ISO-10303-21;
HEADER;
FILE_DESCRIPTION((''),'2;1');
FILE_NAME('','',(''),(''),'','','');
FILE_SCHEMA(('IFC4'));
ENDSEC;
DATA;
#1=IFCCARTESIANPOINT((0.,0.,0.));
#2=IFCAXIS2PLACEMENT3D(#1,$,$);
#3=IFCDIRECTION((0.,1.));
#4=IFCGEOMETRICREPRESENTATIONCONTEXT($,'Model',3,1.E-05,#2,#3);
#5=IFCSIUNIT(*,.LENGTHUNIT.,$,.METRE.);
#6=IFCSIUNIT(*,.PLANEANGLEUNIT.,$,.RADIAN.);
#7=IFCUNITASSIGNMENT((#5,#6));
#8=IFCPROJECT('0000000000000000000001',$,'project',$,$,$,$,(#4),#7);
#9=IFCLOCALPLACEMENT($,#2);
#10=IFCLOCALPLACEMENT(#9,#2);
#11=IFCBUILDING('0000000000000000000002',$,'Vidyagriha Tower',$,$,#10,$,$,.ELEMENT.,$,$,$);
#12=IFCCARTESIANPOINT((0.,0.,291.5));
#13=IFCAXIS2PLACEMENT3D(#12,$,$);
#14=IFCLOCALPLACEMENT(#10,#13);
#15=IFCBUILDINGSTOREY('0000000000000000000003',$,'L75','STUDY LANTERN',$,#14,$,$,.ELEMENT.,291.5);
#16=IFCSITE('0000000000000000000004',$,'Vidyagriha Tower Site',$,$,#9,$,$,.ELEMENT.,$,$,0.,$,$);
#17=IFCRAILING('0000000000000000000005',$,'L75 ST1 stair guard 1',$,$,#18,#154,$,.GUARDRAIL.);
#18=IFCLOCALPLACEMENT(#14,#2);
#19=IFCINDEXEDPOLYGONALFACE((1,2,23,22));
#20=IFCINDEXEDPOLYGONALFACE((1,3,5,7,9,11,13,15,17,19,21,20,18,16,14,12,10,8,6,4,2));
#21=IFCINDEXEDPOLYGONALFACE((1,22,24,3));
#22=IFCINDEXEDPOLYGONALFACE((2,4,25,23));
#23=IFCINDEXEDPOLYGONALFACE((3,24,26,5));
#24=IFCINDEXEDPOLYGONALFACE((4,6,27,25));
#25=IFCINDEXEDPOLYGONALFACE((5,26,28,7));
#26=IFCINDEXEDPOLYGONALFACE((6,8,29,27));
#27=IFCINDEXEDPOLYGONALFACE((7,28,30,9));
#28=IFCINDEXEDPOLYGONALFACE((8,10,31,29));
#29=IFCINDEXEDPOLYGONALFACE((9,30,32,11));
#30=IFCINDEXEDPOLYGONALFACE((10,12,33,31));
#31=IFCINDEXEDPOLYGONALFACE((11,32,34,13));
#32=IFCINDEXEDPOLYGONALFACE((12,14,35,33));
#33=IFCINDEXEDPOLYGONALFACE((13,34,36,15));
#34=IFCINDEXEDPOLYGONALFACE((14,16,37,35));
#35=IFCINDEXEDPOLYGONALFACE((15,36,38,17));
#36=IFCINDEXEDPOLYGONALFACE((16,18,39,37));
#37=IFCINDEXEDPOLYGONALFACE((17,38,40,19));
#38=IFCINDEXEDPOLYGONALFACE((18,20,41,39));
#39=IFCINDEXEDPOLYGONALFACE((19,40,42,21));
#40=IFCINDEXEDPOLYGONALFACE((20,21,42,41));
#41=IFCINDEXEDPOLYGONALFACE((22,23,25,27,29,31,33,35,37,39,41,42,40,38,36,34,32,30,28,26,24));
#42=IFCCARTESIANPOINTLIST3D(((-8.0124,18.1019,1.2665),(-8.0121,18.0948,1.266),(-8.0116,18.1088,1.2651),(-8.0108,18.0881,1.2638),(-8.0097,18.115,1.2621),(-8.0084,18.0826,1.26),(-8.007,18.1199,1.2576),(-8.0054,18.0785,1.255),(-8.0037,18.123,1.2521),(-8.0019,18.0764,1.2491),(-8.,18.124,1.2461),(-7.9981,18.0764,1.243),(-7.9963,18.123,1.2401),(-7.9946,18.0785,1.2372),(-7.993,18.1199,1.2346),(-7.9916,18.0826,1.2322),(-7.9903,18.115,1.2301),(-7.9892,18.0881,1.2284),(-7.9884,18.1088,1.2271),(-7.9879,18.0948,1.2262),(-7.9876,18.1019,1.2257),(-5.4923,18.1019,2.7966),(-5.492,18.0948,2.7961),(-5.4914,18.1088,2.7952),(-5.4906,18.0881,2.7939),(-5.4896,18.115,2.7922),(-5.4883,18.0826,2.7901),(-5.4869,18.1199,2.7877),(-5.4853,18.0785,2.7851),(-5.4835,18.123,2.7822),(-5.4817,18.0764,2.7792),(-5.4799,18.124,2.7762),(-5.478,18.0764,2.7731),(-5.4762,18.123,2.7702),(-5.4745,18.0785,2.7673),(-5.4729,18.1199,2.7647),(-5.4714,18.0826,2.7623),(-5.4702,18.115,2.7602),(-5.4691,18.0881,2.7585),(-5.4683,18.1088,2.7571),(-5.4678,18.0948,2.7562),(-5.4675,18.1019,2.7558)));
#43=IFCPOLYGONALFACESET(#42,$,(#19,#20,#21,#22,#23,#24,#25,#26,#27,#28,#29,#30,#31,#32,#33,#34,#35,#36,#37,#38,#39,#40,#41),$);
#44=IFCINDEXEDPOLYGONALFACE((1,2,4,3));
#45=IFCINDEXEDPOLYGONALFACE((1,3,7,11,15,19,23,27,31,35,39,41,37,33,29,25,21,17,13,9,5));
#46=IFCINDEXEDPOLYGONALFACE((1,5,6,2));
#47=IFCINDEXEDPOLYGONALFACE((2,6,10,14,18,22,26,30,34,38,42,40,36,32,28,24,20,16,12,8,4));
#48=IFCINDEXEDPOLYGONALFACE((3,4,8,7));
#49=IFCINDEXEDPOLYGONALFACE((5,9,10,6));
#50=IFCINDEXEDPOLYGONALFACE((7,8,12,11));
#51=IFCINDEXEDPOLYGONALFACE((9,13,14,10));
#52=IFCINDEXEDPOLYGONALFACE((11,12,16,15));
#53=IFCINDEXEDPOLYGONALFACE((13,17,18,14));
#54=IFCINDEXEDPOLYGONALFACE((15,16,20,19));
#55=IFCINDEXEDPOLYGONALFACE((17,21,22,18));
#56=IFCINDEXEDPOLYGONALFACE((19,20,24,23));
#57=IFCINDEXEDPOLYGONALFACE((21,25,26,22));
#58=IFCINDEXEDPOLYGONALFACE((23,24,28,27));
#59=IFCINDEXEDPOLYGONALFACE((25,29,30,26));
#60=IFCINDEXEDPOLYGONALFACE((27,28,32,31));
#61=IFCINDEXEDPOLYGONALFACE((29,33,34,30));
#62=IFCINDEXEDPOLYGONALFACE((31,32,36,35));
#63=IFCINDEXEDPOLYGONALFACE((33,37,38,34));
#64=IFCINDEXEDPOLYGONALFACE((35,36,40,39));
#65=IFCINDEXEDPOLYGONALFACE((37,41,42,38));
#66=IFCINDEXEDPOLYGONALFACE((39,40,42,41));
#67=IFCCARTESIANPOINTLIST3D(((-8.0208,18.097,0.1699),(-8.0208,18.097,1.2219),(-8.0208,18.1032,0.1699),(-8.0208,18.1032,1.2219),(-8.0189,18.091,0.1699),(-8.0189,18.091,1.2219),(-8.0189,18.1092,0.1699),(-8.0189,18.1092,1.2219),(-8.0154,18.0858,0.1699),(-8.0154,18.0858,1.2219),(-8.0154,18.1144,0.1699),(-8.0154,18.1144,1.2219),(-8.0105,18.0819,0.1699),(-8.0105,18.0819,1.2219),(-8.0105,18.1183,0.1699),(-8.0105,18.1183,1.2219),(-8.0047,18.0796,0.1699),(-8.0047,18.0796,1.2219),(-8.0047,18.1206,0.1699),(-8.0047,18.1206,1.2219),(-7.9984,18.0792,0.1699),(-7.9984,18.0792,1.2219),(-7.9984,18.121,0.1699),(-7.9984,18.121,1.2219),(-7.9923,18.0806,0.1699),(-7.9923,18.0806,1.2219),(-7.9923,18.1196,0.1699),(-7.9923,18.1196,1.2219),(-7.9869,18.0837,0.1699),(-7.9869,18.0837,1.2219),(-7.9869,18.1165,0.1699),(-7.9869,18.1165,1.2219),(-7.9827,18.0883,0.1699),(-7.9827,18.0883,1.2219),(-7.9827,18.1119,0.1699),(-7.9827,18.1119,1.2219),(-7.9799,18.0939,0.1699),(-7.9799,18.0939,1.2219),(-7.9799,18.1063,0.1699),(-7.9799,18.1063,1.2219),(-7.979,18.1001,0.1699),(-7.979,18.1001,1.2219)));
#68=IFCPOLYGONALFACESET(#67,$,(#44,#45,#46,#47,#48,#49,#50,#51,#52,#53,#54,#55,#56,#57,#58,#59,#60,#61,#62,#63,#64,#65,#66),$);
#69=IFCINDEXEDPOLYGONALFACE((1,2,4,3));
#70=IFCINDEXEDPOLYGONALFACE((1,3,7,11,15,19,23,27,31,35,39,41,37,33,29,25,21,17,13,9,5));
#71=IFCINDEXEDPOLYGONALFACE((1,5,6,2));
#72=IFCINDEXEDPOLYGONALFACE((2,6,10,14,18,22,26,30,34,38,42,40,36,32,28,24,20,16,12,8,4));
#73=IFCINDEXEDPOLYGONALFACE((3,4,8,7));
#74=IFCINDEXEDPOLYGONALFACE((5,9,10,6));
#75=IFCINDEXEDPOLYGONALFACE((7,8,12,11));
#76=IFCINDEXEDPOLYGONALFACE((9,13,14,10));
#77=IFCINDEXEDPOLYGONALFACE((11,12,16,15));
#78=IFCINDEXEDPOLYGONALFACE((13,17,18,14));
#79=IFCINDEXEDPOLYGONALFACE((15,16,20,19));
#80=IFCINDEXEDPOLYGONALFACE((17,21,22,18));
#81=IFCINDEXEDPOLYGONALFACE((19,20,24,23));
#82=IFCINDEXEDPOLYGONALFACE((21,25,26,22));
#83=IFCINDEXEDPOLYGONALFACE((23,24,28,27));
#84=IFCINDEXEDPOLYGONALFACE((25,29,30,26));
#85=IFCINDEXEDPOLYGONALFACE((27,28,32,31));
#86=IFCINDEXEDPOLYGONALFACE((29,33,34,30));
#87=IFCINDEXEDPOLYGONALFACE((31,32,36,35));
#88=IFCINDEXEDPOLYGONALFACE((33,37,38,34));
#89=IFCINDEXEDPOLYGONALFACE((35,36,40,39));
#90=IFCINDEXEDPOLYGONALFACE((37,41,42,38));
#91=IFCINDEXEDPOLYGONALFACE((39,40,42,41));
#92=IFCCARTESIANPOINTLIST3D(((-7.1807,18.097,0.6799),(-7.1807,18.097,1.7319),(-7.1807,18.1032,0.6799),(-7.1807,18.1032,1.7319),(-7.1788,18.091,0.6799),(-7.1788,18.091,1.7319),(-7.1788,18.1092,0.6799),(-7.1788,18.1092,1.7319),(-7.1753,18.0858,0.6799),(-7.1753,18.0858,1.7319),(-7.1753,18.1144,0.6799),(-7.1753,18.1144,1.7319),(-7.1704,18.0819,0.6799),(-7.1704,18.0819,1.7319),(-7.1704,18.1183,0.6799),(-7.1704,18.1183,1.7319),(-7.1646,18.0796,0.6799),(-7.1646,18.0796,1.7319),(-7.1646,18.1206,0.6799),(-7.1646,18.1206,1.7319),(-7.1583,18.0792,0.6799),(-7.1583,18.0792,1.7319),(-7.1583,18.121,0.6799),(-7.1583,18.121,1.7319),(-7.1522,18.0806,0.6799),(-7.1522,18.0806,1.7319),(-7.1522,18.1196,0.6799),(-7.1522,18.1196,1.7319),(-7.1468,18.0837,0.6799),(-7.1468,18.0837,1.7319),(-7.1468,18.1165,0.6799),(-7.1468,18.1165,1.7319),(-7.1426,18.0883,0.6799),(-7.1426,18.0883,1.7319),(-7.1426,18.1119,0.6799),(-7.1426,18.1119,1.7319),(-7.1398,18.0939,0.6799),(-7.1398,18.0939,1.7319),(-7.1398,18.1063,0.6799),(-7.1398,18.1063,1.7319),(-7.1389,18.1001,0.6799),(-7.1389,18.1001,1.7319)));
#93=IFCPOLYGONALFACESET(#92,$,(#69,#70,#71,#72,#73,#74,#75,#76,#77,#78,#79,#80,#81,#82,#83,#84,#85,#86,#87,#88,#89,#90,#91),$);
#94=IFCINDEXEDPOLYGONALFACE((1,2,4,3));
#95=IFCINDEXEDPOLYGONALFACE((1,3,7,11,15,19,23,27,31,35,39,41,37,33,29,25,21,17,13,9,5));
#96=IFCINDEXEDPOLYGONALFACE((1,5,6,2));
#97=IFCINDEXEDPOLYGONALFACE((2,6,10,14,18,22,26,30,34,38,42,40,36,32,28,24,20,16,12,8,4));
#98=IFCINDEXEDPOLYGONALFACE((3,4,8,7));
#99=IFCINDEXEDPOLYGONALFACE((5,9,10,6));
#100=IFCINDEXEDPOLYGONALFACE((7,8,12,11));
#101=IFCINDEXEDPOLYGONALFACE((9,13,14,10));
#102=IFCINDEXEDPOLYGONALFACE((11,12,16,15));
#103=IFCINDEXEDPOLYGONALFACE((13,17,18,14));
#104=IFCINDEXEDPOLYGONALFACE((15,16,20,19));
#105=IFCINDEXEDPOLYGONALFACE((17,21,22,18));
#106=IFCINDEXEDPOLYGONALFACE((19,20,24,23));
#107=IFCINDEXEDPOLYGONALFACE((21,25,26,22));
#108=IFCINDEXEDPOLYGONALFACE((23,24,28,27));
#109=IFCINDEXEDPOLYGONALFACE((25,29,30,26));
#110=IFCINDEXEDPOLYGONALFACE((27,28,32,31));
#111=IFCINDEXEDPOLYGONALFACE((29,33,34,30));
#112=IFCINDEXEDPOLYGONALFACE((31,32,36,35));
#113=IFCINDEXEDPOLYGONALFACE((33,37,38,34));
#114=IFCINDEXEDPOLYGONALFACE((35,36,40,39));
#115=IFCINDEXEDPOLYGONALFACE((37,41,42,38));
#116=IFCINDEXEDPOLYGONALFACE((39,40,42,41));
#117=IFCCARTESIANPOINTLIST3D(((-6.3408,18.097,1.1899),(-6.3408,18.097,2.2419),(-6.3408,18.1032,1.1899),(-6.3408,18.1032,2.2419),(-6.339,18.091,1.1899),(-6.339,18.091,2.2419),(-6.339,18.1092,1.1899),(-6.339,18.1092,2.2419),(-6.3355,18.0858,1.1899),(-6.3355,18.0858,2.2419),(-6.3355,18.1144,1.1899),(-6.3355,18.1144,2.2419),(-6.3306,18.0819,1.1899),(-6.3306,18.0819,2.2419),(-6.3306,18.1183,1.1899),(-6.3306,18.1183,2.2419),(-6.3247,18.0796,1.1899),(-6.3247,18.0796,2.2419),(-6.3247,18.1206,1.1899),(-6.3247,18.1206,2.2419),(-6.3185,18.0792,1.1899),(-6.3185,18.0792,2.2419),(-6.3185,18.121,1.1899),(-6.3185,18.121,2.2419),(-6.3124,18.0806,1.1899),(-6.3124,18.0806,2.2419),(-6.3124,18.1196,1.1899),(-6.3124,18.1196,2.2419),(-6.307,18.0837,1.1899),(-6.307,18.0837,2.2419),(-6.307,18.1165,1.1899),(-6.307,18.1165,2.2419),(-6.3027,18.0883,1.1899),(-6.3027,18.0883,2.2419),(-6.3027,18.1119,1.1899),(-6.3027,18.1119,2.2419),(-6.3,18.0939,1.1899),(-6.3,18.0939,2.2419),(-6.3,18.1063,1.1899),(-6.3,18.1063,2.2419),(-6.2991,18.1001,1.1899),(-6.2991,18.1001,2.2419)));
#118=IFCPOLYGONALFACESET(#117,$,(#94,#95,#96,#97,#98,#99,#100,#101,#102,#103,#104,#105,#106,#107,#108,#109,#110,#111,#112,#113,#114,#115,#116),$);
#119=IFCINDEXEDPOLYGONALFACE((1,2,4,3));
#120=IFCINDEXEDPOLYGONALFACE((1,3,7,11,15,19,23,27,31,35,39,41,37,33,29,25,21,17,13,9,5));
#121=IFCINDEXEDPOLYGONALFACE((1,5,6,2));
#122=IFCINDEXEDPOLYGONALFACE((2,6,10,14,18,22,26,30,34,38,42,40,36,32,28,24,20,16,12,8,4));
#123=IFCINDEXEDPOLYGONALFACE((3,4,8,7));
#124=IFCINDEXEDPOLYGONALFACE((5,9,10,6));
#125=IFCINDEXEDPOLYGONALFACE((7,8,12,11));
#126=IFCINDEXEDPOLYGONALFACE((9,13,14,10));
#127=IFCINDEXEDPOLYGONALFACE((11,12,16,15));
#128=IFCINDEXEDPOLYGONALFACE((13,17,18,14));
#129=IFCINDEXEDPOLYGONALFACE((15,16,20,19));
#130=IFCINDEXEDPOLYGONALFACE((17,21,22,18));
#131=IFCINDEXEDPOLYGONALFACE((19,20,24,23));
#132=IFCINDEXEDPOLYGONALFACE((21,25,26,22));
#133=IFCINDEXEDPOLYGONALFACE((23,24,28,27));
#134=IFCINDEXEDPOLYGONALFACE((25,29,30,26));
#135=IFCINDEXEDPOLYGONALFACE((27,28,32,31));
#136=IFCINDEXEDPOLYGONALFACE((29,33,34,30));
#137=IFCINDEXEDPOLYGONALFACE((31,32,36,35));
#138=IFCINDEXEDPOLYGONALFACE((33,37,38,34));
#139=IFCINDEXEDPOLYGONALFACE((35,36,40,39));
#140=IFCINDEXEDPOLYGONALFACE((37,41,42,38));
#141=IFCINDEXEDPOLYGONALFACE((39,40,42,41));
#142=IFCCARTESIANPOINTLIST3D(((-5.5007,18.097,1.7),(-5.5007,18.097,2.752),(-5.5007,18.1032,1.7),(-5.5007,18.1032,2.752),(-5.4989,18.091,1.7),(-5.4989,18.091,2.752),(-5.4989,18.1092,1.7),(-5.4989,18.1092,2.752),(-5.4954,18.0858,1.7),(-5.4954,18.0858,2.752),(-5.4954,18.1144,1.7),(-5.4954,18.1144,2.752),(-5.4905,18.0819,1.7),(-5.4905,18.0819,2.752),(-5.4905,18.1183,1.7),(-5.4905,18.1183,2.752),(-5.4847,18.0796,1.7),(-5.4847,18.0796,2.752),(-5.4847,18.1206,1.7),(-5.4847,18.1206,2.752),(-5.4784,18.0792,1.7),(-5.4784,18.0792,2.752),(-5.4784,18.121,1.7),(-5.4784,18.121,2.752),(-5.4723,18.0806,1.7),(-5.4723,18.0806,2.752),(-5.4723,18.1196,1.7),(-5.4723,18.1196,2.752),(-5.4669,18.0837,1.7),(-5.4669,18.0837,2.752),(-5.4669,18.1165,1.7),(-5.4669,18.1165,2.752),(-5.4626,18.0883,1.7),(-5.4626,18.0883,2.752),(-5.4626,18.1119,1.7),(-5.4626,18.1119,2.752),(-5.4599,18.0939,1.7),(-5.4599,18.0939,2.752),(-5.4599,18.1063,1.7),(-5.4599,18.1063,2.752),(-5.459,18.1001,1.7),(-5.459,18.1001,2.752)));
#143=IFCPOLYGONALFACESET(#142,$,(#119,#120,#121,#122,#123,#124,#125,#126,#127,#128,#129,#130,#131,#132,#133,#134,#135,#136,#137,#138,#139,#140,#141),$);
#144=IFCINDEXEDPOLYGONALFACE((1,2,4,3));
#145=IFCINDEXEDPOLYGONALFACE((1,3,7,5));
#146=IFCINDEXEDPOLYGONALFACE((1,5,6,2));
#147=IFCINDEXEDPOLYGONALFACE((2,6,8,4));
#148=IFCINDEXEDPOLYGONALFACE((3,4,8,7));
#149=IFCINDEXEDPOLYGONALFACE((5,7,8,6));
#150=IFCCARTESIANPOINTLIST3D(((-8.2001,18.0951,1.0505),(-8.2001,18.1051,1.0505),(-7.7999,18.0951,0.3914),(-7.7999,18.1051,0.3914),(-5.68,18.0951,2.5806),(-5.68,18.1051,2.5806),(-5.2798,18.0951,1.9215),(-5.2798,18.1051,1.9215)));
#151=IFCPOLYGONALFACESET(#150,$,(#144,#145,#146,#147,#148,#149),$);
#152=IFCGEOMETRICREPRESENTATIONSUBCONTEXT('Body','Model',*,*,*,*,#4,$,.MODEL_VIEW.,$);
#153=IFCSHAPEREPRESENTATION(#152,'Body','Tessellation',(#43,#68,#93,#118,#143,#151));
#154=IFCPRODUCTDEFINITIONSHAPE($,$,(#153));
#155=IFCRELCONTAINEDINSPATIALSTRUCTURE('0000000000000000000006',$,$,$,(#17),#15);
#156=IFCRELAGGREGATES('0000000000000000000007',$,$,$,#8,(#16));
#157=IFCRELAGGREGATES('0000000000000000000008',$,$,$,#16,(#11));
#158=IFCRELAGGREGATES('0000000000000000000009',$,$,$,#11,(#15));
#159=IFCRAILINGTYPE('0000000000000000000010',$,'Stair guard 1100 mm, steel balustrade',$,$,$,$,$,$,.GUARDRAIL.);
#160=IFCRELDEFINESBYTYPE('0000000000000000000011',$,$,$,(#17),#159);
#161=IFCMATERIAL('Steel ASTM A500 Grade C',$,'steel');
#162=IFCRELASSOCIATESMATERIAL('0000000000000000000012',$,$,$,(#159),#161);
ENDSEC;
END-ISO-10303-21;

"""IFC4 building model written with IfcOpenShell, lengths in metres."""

from ifc_helpers import new_model, si_unit, direction, frame, origin, origin_2d, place, context, subcontext, project, spatial, rectangle, circle, extrude, material, type_object, element, save


model = new_model("IFC4")

# Units and contexts
model_context = context("Model", 3, precision=1e-05, world=origin(), true_north=direction((0.0, 1.0)))
body_context = subcontext(model_context, "Body", "Model", "MODEL_VIEW")
ifc_project = project(units=[si_unit("LENGTHUNIT", "METRE"), si_unit("PLANEANGLEUNIT", "RADIAN")], contexts=[model_context])

# Site, building, storey
site_placement = place(None, origin())
site = spatial("IfcSite", under=ifc_project, at=site_placement, Name="Vidyagriha Tower Site", CompositionType="ELEMENT", RefElevation=0.0)
building_placement = place(site_placement, origin())
building = spatial("IfcBuilding", under=site, at=building_placement, Name="Vidyagriha Tower", CompositionType="ELEMENT")
storey_placement = place(building_placement, frame((0.0, 0.0, 291.5)))
storey = spatial("IfcBuildingStorey", under=building, at=storey_placement, Name="L75", Description="STUDY LANTERN", CompositionType="ELEMENT", Elevation=291.5)

# Railing
ifc_material_1 = material(Name="Steel ASTM A500 Grade C", Category="steel")
railing_type_1 = type_object("IfcRailingType", Name="Stair guard 1100 mm, steel balustrade", PredefinedType="GUARDRAIL", material=ifc_material_1)
railing_1_placement = place(storey_placement, frame((-8.0, 18.1001, 0.1699)))
element("IfcRailing", 1, at=railing_1_placement, inside=storey, type_object=railing_type_1, Name="L75 ST1 stair guard 1", PredefinedType="GUARDRAIL", context=body_context, shape_type="SweptSolid", body=[
    extrude(circle(Radius=0.0239, at=origin_2d()), frame((0.0, 0.0, 1.0762), z_axis=(0.854785, 0.0, 0.518982), x_axis=(0.0, 1.0, 0.0)), (0.0, 0.0, 1.0), 2.9482),
    extrude(circle(Radius=0.021, at=origin_2d()), origin(), (0.0, 0.0, 1.0), 1.052),
    extrude(circle(Radius=0.021, at=origin_2d()), frame((0.8401, 0.0, 0.51)), (0.0, 0.0, 1.0), 1.052),
    extrude(circle(Radius=0.021, at=origin_2d()), frame((1.6799, 0.0, 1.02)), (0.0, 0.0, 1.0), 1.052),
    extrude(circle(Radius=0.021, at=origin_2d()), frame((2.52, 0.0, 1.53)), (0.0, 0.0, 1.0), 1.052),
    extrude(rectangle(XDim=0.01, YDim=0.771, at=origin_2d()), frame((0.0, 0.0, 0.551), z_axis=(0.854785, 0.0, 0.518982), x_axis=(0.0, 1.0, 0.0)), (0.0, 0.0, 1.0), 2.9482),
])

save(model, "model.ifc")
